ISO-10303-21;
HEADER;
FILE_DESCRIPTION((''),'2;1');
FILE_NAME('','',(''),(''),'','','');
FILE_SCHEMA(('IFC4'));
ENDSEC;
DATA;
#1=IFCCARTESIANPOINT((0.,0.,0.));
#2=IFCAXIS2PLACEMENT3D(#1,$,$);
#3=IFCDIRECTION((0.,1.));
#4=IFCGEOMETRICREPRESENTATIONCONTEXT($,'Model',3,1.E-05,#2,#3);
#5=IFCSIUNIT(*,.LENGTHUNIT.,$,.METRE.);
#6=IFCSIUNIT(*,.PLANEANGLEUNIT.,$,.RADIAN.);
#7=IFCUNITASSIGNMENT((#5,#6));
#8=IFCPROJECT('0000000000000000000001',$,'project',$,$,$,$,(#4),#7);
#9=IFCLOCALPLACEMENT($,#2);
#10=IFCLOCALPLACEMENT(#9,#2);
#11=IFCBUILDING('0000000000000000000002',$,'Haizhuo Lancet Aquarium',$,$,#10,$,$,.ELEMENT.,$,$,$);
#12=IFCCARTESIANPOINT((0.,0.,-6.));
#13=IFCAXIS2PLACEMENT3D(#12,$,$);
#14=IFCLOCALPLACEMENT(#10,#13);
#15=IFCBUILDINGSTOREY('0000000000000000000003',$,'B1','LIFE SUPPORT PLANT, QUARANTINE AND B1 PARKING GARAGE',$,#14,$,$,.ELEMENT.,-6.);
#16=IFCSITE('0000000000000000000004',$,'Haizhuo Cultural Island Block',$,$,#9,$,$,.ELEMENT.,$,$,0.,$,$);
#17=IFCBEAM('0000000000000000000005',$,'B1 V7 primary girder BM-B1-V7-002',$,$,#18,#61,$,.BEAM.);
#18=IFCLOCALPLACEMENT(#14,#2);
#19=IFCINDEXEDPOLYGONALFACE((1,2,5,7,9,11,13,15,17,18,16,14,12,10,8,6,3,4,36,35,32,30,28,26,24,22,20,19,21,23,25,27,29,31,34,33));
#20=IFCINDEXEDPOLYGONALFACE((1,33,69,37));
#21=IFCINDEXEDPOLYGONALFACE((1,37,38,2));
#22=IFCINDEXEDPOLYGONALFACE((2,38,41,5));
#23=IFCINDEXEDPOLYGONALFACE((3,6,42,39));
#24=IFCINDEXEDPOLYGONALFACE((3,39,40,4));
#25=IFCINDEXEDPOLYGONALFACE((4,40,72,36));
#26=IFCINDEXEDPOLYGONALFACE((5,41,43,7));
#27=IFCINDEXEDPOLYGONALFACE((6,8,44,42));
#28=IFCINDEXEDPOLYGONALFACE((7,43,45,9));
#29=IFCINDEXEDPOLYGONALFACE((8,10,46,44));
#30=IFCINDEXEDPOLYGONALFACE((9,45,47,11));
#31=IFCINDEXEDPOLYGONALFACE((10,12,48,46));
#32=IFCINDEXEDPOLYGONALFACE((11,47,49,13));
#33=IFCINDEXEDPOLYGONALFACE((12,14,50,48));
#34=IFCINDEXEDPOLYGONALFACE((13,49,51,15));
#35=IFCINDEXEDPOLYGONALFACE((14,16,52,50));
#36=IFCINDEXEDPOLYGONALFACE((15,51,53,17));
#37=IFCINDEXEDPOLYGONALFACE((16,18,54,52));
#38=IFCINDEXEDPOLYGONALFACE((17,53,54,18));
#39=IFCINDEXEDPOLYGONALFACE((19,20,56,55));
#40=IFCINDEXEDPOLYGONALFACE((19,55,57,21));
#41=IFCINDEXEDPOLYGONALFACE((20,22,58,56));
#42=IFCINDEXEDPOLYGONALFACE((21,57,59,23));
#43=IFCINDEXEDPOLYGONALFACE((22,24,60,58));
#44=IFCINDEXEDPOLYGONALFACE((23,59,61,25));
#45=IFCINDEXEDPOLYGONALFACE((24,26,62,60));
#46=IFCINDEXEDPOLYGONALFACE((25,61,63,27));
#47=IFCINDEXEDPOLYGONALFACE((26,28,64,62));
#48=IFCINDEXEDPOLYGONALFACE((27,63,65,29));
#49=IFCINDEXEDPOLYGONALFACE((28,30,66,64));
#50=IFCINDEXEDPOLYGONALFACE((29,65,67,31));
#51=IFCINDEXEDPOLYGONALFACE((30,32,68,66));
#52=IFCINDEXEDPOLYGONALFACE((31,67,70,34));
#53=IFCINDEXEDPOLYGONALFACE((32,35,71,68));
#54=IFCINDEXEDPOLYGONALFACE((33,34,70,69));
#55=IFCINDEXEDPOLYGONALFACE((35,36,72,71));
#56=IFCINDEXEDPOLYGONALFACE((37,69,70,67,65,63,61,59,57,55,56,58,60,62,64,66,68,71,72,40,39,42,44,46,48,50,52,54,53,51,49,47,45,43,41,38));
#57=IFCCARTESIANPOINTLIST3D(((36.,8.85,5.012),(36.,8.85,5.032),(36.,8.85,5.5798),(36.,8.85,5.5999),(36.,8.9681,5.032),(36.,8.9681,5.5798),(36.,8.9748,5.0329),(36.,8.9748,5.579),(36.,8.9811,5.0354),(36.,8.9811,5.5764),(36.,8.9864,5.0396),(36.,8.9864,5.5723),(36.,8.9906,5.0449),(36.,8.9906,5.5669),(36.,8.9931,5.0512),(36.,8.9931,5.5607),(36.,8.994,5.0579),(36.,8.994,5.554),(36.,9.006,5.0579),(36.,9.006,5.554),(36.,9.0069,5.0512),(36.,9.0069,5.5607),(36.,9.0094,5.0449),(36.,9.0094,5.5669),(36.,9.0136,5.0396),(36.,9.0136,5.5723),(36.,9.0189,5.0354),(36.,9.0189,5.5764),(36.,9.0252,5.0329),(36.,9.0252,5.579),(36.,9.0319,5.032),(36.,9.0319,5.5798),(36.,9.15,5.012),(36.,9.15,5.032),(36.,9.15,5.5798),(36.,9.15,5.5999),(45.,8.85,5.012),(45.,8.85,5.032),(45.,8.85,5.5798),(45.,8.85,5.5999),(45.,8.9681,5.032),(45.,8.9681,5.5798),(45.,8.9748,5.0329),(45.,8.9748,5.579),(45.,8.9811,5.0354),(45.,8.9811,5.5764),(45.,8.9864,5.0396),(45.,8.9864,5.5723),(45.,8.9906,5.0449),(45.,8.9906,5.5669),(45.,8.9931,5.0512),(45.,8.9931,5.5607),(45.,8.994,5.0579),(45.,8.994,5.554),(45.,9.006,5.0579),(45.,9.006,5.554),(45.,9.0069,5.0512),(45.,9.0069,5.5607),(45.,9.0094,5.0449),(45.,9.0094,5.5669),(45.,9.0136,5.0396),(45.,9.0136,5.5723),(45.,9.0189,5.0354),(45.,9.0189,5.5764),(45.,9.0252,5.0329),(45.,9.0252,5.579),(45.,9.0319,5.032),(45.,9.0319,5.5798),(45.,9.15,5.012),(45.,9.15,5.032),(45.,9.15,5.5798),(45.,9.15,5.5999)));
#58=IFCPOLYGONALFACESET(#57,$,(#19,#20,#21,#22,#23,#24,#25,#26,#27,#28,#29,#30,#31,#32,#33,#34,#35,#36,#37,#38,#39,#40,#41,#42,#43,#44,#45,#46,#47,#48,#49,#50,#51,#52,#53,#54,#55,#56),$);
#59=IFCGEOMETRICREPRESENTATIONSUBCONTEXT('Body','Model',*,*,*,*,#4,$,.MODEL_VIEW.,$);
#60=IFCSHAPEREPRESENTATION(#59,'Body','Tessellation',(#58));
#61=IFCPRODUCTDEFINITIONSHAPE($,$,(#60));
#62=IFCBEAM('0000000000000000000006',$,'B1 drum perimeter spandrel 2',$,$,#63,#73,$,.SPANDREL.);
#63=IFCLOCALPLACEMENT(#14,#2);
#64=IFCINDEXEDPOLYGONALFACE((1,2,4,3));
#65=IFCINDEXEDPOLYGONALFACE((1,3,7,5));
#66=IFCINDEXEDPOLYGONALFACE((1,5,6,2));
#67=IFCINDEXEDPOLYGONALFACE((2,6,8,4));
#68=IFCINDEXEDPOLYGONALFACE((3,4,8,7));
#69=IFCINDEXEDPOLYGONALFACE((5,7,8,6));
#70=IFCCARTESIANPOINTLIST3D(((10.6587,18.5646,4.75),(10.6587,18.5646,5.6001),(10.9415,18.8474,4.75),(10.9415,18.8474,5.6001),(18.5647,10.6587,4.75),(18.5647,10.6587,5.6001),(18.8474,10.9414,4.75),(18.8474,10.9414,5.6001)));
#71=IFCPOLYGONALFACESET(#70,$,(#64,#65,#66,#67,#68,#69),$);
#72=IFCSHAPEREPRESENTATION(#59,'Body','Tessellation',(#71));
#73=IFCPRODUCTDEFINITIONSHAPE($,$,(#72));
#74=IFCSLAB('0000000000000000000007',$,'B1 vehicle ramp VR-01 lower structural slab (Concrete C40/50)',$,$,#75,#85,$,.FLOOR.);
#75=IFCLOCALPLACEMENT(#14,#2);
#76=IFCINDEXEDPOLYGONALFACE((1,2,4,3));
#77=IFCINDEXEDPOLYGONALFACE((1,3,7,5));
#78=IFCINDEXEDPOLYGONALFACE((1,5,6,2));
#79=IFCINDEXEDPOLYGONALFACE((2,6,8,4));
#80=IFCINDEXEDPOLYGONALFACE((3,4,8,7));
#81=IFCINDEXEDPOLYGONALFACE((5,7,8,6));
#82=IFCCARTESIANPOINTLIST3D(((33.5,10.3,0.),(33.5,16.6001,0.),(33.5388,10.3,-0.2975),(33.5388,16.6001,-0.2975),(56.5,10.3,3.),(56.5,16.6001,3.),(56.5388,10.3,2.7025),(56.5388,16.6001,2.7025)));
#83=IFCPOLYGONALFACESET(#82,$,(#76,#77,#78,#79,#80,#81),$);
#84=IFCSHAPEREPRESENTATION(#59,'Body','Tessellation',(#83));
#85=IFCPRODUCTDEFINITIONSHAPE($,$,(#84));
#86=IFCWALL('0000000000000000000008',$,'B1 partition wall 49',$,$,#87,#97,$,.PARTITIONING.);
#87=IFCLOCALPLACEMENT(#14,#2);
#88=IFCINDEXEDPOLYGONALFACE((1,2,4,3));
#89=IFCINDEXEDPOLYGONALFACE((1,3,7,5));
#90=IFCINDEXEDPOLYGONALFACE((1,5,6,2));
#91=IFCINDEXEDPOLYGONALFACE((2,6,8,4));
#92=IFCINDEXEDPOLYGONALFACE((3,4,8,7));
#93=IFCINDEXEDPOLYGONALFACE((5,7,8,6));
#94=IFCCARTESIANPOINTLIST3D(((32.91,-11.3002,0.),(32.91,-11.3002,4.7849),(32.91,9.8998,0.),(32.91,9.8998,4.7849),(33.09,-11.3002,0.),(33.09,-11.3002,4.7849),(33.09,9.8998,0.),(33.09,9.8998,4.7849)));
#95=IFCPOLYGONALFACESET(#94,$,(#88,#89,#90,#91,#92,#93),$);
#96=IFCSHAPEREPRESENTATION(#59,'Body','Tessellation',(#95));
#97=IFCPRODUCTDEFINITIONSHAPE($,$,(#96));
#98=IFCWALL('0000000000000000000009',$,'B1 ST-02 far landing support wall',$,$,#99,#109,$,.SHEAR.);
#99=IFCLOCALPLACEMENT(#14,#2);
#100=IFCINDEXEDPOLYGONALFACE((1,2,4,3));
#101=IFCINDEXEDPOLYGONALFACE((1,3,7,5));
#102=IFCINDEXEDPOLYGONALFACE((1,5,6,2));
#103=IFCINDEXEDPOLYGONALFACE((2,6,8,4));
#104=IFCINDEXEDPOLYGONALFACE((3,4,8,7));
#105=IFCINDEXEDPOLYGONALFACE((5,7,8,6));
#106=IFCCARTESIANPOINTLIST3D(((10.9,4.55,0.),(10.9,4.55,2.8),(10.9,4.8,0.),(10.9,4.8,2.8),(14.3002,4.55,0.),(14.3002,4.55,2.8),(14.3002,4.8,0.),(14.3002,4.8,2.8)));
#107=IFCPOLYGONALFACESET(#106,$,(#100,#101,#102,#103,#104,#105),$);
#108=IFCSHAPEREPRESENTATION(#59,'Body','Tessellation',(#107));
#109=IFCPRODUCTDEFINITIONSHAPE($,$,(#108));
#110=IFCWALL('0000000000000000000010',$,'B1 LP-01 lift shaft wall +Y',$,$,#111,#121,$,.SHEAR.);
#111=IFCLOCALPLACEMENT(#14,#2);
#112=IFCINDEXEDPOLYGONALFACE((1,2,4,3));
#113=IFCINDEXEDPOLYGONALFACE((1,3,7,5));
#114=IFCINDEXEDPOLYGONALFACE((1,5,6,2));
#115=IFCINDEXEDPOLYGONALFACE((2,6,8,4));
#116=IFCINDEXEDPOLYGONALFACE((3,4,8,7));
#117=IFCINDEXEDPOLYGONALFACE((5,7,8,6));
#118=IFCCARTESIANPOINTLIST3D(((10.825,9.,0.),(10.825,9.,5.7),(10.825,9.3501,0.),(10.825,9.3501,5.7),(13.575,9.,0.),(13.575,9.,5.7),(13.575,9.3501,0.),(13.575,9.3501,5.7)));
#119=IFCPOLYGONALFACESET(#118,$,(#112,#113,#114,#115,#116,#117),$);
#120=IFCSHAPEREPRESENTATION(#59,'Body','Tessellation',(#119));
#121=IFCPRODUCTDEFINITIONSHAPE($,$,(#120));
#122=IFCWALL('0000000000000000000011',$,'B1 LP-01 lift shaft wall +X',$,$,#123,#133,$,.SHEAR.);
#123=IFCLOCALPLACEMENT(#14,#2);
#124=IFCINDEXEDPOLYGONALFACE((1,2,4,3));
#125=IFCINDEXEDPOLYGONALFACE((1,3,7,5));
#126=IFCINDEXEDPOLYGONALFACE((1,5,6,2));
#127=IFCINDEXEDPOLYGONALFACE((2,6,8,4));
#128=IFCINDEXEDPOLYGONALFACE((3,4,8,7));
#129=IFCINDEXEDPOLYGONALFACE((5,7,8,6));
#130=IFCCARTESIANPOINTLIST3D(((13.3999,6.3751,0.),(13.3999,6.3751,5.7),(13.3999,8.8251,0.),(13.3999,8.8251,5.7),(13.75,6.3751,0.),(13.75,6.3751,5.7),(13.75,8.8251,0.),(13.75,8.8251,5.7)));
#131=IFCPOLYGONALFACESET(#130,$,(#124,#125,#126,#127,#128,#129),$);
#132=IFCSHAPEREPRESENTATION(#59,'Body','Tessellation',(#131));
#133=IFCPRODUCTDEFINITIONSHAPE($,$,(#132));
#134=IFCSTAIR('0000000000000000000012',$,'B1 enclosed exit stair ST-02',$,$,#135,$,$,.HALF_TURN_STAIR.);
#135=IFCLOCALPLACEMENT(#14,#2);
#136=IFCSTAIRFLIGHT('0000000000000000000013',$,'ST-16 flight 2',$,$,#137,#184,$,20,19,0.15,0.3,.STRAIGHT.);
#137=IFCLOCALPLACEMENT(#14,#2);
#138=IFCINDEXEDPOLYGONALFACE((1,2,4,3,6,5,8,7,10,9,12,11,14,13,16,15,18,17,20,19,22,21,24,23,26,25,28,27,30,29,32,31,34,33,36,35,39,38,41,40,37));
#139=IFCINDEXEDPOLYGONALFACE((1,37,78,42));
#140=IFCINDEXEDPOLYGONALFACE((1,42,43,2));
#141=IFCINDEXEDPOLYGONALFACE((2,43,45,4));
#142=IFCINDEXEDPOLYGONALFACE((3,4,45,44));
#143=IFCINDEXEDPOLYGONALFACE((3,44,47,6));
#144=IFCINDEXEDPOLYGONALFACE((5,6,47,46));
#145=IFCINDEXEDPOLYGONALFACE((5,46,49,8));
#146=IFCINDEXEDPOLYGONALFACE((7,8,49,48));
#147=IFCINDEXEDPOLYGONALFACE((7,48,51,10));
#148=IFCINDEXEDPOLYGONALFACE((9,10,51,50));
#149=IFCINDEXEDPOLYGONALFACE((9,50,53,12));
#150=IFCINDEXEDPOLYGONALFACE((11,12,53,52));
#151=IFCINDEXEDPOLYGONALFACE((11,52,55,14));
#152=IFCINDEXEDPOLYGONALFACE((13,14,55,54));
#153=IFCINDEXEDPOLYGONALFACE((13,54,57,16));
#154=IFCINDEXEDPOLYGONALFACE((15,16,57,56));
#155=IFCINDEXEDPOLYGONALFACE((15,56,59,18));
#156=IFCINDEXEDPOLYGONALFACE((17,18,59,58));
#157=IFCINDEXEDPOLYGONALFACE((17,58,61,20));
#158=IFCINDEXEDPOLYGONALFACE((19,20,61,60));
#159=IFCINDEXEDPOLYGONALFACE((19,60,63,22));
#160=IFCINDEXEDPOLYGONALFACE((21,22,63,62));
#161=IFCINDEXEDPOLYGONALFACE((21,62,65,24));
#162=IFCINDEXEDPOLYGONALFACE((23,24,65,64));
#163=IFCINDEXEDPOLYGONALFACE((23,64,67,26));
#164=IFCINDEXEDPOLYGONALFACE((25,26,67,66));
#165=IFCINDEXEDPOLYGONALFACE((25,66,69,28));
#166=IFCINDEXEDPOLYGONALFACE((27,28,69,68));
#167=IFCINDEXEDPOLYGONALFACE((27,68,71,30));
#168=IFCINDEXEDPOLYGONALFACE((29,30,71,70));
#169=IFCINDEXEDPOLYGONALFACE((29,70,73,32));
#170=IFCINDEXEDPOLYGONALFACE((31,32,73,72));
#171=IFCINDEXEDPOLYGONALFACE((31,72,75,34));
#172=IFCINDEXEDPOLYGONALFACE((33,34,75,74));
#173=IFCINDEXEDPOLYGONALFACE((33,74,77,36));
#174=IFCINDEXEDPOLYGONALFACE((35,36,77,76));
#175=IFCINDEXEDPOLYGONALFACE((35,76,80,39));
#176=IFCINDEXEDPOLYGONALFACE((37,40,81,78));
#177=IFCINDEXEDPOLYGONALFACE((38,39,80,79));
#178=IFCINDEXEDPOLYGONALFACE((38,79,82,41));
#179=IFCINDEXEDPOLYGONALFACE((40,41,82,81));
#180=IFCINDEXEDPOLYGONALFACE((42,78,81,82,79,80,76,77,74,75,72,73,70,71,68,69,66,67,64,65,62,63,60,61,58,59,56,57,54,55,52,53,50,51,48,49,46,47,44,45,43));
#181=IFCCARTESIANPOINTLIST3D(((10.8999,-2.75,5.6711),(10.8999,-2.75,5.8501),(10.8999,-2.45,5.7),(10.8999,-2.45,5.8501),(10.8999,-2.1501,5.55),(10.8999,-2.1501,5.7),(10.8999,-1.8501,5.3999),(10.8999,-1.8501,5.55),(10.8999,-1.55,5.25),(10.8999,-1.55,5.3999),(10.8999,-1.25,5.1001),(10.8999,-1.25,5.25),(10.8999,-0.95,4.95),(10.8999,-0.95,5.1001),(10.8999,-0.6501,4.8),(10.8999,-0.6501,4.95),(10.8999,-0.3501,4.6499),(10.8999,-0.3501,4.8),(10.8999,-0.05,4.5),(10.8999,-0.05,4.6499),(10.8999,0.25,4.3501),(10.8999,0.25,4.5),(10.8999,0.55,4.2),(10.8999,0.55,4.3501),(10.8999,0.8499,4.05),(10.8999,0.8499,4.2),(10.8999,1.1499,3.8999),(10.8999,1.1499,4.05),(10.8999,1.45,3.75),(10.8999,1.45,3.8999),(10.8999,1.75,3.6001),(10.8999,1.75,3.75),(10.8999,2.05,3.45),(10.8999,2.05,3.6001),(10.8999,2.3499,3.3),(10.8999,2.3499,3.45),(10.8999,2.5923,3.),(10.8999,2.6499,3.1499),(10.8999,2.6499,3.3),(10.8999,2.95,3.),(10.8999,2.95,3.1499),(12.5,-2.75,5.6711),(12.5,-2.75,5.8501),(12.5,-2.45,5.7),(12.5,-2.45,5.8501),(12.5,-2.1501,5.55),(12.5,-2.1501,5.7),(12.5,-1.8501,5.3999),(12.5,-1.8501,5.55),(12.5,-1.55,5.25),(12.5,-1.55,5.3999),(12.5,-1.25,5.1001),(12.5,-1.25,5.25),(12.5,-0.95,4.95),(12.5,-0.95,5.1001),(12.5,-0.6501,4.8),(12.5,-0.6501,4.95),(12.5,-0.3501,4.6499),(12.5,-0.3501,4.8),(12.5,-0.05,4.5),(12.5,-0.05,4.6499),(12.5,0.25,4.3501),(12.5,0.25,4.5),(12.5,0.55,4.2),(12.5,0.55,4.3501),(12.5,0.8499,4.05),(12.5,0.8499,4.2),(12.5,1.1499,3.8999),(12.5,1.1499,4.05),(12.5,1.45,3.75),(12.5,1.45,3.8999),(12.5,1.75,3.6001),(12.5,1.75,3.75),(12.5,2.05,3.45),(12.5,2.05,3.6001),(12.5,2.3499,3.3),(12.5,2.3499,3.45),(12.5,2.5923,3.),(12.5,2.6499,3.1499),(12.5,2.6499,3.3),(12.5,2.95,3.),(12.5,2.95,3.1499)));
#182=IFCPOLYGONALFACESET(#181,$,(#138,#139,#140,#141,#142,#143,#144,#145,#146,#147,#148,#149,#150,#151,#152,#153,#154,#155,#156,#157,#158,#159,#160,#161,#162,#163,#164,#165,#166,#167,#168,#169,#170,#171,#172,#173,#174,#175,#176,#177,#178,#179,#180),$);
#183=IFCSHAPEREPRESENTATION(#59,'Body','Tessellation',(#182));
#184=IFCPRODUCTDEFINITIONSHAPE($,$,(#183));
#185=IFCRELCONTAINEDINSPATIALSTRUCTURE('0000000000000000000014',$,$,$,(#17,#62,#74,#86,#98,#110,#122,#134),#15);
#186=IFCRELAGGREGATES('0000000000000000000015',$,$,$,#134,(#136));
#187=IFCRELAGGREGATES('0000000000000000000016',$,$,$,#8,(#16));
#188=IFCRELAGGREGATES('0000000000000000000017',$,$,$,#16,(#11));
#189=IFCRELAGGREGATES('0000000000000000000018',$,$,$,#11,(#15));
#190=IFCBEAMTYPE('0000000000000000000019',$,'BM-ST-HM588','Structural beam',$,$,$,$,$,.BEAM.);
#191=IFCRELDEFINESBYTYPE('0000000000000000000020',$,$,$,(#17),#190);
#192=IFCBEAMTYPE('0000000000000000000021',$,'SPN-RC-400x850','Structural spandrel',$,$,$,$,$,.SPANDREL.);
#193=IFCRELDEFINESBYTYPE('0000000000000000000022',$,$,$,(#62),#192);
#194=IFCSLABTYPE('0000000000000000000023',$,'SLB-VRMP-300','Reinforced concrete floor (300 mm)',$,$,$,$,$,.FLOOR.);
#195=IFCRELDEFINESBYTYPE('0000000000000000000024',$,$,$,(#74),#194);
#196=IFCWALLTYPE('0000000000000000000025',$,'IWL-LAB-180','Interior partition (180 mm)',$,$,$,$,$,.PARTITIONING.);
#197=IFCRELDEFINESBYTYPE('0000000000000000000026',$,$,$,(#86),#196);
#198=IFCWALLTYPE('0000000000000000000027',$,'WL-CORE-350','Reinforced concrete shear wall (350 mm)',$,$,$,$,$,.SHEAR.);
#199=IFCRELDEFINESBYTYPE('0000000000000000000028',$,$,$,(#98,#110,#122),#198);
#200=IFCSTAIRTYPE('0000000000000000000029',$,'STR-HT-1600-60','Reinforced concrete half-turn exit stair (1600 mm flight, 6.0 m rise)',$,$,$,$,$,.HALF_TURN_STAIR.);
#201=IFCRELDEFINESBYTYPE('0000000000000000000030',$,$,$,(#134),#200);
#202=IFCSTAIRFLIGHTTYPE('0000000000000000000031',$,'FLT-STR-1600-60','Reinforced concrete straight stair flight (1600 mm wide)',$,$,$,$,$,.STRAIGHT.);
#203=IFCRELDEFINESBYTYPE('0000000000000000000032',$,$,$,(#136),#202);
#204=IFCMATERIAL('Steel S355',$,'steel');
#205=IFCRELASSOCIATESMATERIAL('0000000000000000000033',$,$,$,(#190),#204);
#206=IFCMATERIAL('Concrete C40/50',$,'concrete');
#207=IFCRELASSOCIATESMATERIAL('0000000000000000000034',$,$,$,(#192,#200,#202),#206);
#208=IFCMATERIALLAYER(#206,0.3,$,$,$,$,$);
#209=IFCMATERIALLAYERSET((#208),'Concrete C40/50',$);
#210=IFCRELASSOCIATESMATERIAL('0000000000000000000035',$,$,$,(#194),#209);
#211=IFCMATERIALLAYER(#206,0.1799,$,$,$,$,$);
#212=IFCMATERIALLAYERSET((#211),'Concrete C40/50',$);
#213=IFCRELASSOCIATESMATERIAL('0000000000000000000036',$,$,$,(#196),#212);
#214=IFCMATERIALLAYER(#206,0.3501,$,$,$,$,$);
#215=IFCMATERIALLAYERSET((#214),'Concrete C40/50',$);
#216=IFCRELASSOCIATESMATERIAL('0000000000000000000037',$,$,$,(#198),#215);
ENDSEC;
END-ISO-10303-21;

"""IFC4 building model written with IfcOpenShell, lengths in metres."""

from ifc_helpers import new_model, si_unit, direction, frame, frame_2d, origin, origin_2d, place, context, subcontext, project, spatial, polyline, rectangle, i_section, outline, extrude, material, layer, layer_set, material_profile, profile_set, type_object, element, aggregate, save


model = new_model("IFC4")

# Units and contexts
model_context = context("Model", 3, precision=1e-05, world=origin(), true_north=direction((0.0, 1.0)))
body_context = subcontext(model_context, "Body", "Model", "MODEL_VIEW")
ifc_project = project(units=[si_unit("LENGTHUNIT", "METRE"), si_unit("PLANEANGLEUNIT", "RADIAN")], contexts=[model_context])

# Site, building, storey
site_placement = place(None, origin())
site = spatial("IfcSite", under=ifc_project, at=site_placement, Name="Haizhuo Cultural Island Block", CompositionType="ELEMENT", RefElevation=0.0)
building_placement = place(site_placement, origin())
building = spatial("IfcBuilding", under=site, at=building_placement, Name="Haizhuo Lancet Aquarium", CompositionType="ELEMENT")
storey_placement = place(building_placement, frame((0.0, 0.0, -6.0)))
storey = spatial("IfcBuildingStorey", under=building, at=storey_placement, Name="B1", Description="LIFE SUPPORT PLANT, QUARANTINE AND B1 PARKING GARAGE", CompositionType="ELEMENT", Elevation=-6.0)

# Shared definitions
ifc_material_1 = material(Name="Concrete C40/50", Category="concrete")

# Shared definitions
ifc_material_2 = material(Name="Steel S355", Category="steel")

# Beams
ifc_material_profile_1 = material_profile(ifc_material_2, i_section(OverallWidth=0.3, OverallDepth=0.5879, WebThickness=0.012, FlangeThickness=0.02, FilletRadius=0.0259, at=origin_2d()), Name="HM 588x300x12x20")
ifc_profile_set_1 = profile_set([ifc_material_profile_1], Name="Steel S355")
beam_type_1 = type_object("IfcBeamType", Name="BM-ST-HM588", Description="Structural beam", PredefinedType="BEAM", material=ifc_profile_set_1)
beam_1_placement = place(storey_placement, frame((36.0, 9.0, 5.3059), z_axis=(1.0, 0.0, 0.0), x_axis=(0.0, 1.0, 0.0)))
element("IfcBeam", 1, at=beam_1_placement, inside=storey, type_object=beam_type_1, Name="B1 V7 primary girder BM-B1-V7-002", PredefinedType="BEAM", context=body_context, shape_type="SweptSolid", body=[
    extrude(i_section(OverallWidth=0.3, OverallDepth=0.5879, WebThickness=0.012, FlangeThickness=0.02, FilletRadius=0.0259, at=origin_2d()), origin(), (0.0, 0.0, 1.0), 9.0),
])
ifc_material_profile_2 = material_profile(ifc_material_1, rectangle(XDim=0.3999, YDim=0.8501, at=origin_2d()), Name="RC-SP 400x850")
ifc_profile_set_2 = profile_set([ifc_material_profile_2], Name="Concrete C40/50")
beam_type_2 = type_object("IfcBeamType", Name="SPN-RC-400x850", Description="Structural spandrel", PredefinedType="SPANDREL", material=ifc_profile_set_2)
beam_2_placement = place(storey_placement, frame((18.7061, 10.8, 5.175), z_axis=(-0.707107, 0.707107, 0.0), x_axis=(-0.707107, -0.707107, 0.0)))
element("IfcBeam", 2, at=beam_2_placement, inside=storey, type_object=beam_type_2, Name="B1 drum perimeter spandrel 2", PredefinedType="SPANDREL", context=body_context, shape_type="SweptSolid", body=[
    extrude(rectangle(XDim=0.3999, YDim=0.8501, at=origin_2d()), origin(), (0.0, 0.0, 1.0), 11.1807),
])

# Slab
ifc_layer_1 = layer(ifc_material_1, 0.3)
ifc_layer_set_1 = layer_set([ifc_layer_1], Name="Concrete C40/50")
slab_type = type_object("IfcSlabType", Name="SLB-VRMP-300", Description="Reinforced concrete floor (300 mm)", PredefinedType="FLOOR", material=ifc_layer_set_1)
slab_placement = place(storey_placement, frame((33.5, 10.3, 0.0), z_axis=(-0.129339, 0.0, 0.9916), x_axis=(0.9916, 0.0, 0.129339)))
element("IfcSlab", 3, at=slab_placement, inside=storey, type_object=slab_type, Name="B1 vehicle ramp VR-01 lower structural slab (Concrete C40/50)", PredefinedType="FLOOR", context=body_context, shape_type="SweptSolid", body=[
    extrude(outline(polyline([(0.0, 0.0), (23.1948, 0.0), (23.1948, 6.3), (0.0, 6.3), (0.0, 0.0)])), origin(), (0.0, 0.0, -1.0), 0.3),
])

# Walls
ifc_layer_2 = layer(ifc_material_1, 0.1799)
ifc_layer_set_2 = layer_set([ifc_layer_2], Name="Concrete C40/50")
wall_type_1 = type_object("IfcWallType", Name="IWL-LAB-180", Description="Interior partition (180 mm)", PredefinedType="PARTITIONING", material=ifc_layer_set_2)
wall_1_placement = place(storey_placement, frame((33.0, 9.8999, 0.0), z_axis=(0.0, 0.0, 1.0), x_axis=(0.0, -1.0, 0.0)))
element("IfcWall", 4, at=wall_1_placement, inside=storey, type_object=wall_type_1, Name="B1 partition wall 49", PredefinedType="PARTITIONING", context=body_context, shape_type="SweptSolid", body=[
    extrude(rectangle(XDim=21.2, YDim=0.1799, at=frame_2d((10.6001, 0.0))), origin(), (0.0, 0.0, 1.0), 4.7849),
])
ifc_layer_3 = layer(ifc_material_1, 0.3501)
ifc_layer_set_3 = layer_set([ifc_layer_3], Name="Concrete C40/50")
wall_type_2 = type_object("IfcWallType", Name="WL-CORE-350", Description="Reinforced concrete shear wall (350 mm)", PredefinedType="SHEAR", material=ifc_layer_set_3)
wall_2_placement = place(storey_placement, frame((10.8999, 4.675, 0.0), z_axis=(0.0, 0.0, 1.0), x_axis=(1.0, 0.0, 0.0)))
element("IfcWall", 5, at=wall_2_placement, inside=storey, type_object=wall_type_2, Name="B1 ST-02 far landing support wall", PredefinedType="SHEAR", context=body_context, shape_type="SweptSolid", body=[
    extrude(rectangle(XDim=3.4001, YDim=0.25, at=frame_2d((1.7002, 0.0))), origin(), (0.0, 0.0, 1.0), 2.8),
])
wall_3_placement = place(storey_placement, frame((13.575, 9.175, 0.0), z_axis=(0.0, 0.0, 1.0), x_axis=(-1.0, 0.0, 0.0)))
element("IfcWall", 6, at=wall_3_placement, inside=storey, type_object=wall_type_2, Name="B1 LP-01 lift shaft wall +Y", PredefinedType="SHEAR", context=body_context, shape_type="SweptSolid", body=[
    extrude(rectangle(XDim=2.75, YDim=0.3501, at=frame_2d((1.375, 0.0))), origin(), (0.0, 0.0, 1.0), 5.7),
])
wall_4_placement = place(storey_placement, frame((13.575, 6.375, 0.0), z_axis=(0.0, 0.0, 1.0), x_axis=(0.0, 1.0, 0.0)))
element("IfcWall", 7, at=wall_4_placement, inside=storey, type_object=wall_type_2, Name="B1 LP-01 lift shaft wall +X", PredefinedType="SHEAR", context=body_context, shape_type="SweptSolid", body=[
    extrude(rectangle(XDim=2.45, YDim=0.3501, at=frame_2d((1.2251, 0.0))), origin(), (0.0, 0.0, 1.0), 5.7),
])

# Stair, stair flight
stair_type = type_object("IfcStairType", Name="STR-HT-1600-60", Description="Reinforced concrete half-turn exit stair (1600 mm flight, 6.0 m rise)", PredefinedType="HALF_TURN_STAIR", material=ifc_material_1)
stair_placement = place(storey_placement, origin())
stair = element("IfcStair", 8, at=stair_placement, inside=storey, type_object=stair_type, Name="B1 enclosed exit stair ST-02", PredefinedType="HALF_TURN_STAIR")
stair_flight_type = type_object("IfcStairFlightType", Name="FLT-STR-1600-60", Description="Reinforced concrete straight stair flight (1600 mm wide)", PredefinedType="STRAIGHT", material=ifc_material_1)
stair_flight_placement = place(storey_placement, frame((11.7, 2.95, 3.0), z_axis=(0.0, 0.0, 1.0), x_axis=(0.0, -1.0, 0.0)))
stair_flight = element("IfcStairFlight", 9, at=stair_flight_placement, type_object=stair_flight_type, Name="ST-16 flight 2", NumberOfRisers=20, NumberOfTreads=19, PredefinedType="STRAIGHT", RiserHeight=0.15, TreadLength=0.3, context=body_context, shape_type="SweptSolid", body=[
    extrude(outline(polyline([(0.0, 0.0), (0.0, 0.1499), (0.3, 0.1499), (0.3, 0.3), (0.6001, 0.3), (0.6001, 0.45), (0.8999, 0.45), (0.8999, 0.6001), (1.2, 0.6001), (1.2, 0.75), (1.5, 0.75), (1.5, 0.8999), (1.8, 0.8999), (1.8, 1.05), (2.1001, 1.05), (2.1001, 1.2), (2.3999, 1.2), (2.3999, 1.3501), (2.7, 1.3501), (2.7, 1.5), (3.0, 1.5), (3.0, 1.6499), (3.3, 1.6499), (3.3, 1.8), (3.6001, 1.8), (3.6001, 1.95), (3.8999, 1.95), (3.8999, 2.1001), (4.2, 2.1001), (4.2, 2.25), (4.5, 2.25), (4.5, 2.3999), (4.8, 2.3999), (4.8, 2.55), (5.1001, 2.55), (5.1001, 2.7), (5.3999, 2.7), (5.3999, 2.8501), (5.7, 2.8501), (5.7, 3.0), (5.7, 2.6711), (0.3577, 0.0), (0.0, 0.0)])), frame((0.0, 0.8, 0.0), z_axis=(0.0, -1.0, 0.0), x_axis=(1.0, 0.0, 0.0)), (0.0, 0.0, 1.0), 1.6001),
])
aggregate(stair, [stair_flight])

save(model, "model.ifc")
